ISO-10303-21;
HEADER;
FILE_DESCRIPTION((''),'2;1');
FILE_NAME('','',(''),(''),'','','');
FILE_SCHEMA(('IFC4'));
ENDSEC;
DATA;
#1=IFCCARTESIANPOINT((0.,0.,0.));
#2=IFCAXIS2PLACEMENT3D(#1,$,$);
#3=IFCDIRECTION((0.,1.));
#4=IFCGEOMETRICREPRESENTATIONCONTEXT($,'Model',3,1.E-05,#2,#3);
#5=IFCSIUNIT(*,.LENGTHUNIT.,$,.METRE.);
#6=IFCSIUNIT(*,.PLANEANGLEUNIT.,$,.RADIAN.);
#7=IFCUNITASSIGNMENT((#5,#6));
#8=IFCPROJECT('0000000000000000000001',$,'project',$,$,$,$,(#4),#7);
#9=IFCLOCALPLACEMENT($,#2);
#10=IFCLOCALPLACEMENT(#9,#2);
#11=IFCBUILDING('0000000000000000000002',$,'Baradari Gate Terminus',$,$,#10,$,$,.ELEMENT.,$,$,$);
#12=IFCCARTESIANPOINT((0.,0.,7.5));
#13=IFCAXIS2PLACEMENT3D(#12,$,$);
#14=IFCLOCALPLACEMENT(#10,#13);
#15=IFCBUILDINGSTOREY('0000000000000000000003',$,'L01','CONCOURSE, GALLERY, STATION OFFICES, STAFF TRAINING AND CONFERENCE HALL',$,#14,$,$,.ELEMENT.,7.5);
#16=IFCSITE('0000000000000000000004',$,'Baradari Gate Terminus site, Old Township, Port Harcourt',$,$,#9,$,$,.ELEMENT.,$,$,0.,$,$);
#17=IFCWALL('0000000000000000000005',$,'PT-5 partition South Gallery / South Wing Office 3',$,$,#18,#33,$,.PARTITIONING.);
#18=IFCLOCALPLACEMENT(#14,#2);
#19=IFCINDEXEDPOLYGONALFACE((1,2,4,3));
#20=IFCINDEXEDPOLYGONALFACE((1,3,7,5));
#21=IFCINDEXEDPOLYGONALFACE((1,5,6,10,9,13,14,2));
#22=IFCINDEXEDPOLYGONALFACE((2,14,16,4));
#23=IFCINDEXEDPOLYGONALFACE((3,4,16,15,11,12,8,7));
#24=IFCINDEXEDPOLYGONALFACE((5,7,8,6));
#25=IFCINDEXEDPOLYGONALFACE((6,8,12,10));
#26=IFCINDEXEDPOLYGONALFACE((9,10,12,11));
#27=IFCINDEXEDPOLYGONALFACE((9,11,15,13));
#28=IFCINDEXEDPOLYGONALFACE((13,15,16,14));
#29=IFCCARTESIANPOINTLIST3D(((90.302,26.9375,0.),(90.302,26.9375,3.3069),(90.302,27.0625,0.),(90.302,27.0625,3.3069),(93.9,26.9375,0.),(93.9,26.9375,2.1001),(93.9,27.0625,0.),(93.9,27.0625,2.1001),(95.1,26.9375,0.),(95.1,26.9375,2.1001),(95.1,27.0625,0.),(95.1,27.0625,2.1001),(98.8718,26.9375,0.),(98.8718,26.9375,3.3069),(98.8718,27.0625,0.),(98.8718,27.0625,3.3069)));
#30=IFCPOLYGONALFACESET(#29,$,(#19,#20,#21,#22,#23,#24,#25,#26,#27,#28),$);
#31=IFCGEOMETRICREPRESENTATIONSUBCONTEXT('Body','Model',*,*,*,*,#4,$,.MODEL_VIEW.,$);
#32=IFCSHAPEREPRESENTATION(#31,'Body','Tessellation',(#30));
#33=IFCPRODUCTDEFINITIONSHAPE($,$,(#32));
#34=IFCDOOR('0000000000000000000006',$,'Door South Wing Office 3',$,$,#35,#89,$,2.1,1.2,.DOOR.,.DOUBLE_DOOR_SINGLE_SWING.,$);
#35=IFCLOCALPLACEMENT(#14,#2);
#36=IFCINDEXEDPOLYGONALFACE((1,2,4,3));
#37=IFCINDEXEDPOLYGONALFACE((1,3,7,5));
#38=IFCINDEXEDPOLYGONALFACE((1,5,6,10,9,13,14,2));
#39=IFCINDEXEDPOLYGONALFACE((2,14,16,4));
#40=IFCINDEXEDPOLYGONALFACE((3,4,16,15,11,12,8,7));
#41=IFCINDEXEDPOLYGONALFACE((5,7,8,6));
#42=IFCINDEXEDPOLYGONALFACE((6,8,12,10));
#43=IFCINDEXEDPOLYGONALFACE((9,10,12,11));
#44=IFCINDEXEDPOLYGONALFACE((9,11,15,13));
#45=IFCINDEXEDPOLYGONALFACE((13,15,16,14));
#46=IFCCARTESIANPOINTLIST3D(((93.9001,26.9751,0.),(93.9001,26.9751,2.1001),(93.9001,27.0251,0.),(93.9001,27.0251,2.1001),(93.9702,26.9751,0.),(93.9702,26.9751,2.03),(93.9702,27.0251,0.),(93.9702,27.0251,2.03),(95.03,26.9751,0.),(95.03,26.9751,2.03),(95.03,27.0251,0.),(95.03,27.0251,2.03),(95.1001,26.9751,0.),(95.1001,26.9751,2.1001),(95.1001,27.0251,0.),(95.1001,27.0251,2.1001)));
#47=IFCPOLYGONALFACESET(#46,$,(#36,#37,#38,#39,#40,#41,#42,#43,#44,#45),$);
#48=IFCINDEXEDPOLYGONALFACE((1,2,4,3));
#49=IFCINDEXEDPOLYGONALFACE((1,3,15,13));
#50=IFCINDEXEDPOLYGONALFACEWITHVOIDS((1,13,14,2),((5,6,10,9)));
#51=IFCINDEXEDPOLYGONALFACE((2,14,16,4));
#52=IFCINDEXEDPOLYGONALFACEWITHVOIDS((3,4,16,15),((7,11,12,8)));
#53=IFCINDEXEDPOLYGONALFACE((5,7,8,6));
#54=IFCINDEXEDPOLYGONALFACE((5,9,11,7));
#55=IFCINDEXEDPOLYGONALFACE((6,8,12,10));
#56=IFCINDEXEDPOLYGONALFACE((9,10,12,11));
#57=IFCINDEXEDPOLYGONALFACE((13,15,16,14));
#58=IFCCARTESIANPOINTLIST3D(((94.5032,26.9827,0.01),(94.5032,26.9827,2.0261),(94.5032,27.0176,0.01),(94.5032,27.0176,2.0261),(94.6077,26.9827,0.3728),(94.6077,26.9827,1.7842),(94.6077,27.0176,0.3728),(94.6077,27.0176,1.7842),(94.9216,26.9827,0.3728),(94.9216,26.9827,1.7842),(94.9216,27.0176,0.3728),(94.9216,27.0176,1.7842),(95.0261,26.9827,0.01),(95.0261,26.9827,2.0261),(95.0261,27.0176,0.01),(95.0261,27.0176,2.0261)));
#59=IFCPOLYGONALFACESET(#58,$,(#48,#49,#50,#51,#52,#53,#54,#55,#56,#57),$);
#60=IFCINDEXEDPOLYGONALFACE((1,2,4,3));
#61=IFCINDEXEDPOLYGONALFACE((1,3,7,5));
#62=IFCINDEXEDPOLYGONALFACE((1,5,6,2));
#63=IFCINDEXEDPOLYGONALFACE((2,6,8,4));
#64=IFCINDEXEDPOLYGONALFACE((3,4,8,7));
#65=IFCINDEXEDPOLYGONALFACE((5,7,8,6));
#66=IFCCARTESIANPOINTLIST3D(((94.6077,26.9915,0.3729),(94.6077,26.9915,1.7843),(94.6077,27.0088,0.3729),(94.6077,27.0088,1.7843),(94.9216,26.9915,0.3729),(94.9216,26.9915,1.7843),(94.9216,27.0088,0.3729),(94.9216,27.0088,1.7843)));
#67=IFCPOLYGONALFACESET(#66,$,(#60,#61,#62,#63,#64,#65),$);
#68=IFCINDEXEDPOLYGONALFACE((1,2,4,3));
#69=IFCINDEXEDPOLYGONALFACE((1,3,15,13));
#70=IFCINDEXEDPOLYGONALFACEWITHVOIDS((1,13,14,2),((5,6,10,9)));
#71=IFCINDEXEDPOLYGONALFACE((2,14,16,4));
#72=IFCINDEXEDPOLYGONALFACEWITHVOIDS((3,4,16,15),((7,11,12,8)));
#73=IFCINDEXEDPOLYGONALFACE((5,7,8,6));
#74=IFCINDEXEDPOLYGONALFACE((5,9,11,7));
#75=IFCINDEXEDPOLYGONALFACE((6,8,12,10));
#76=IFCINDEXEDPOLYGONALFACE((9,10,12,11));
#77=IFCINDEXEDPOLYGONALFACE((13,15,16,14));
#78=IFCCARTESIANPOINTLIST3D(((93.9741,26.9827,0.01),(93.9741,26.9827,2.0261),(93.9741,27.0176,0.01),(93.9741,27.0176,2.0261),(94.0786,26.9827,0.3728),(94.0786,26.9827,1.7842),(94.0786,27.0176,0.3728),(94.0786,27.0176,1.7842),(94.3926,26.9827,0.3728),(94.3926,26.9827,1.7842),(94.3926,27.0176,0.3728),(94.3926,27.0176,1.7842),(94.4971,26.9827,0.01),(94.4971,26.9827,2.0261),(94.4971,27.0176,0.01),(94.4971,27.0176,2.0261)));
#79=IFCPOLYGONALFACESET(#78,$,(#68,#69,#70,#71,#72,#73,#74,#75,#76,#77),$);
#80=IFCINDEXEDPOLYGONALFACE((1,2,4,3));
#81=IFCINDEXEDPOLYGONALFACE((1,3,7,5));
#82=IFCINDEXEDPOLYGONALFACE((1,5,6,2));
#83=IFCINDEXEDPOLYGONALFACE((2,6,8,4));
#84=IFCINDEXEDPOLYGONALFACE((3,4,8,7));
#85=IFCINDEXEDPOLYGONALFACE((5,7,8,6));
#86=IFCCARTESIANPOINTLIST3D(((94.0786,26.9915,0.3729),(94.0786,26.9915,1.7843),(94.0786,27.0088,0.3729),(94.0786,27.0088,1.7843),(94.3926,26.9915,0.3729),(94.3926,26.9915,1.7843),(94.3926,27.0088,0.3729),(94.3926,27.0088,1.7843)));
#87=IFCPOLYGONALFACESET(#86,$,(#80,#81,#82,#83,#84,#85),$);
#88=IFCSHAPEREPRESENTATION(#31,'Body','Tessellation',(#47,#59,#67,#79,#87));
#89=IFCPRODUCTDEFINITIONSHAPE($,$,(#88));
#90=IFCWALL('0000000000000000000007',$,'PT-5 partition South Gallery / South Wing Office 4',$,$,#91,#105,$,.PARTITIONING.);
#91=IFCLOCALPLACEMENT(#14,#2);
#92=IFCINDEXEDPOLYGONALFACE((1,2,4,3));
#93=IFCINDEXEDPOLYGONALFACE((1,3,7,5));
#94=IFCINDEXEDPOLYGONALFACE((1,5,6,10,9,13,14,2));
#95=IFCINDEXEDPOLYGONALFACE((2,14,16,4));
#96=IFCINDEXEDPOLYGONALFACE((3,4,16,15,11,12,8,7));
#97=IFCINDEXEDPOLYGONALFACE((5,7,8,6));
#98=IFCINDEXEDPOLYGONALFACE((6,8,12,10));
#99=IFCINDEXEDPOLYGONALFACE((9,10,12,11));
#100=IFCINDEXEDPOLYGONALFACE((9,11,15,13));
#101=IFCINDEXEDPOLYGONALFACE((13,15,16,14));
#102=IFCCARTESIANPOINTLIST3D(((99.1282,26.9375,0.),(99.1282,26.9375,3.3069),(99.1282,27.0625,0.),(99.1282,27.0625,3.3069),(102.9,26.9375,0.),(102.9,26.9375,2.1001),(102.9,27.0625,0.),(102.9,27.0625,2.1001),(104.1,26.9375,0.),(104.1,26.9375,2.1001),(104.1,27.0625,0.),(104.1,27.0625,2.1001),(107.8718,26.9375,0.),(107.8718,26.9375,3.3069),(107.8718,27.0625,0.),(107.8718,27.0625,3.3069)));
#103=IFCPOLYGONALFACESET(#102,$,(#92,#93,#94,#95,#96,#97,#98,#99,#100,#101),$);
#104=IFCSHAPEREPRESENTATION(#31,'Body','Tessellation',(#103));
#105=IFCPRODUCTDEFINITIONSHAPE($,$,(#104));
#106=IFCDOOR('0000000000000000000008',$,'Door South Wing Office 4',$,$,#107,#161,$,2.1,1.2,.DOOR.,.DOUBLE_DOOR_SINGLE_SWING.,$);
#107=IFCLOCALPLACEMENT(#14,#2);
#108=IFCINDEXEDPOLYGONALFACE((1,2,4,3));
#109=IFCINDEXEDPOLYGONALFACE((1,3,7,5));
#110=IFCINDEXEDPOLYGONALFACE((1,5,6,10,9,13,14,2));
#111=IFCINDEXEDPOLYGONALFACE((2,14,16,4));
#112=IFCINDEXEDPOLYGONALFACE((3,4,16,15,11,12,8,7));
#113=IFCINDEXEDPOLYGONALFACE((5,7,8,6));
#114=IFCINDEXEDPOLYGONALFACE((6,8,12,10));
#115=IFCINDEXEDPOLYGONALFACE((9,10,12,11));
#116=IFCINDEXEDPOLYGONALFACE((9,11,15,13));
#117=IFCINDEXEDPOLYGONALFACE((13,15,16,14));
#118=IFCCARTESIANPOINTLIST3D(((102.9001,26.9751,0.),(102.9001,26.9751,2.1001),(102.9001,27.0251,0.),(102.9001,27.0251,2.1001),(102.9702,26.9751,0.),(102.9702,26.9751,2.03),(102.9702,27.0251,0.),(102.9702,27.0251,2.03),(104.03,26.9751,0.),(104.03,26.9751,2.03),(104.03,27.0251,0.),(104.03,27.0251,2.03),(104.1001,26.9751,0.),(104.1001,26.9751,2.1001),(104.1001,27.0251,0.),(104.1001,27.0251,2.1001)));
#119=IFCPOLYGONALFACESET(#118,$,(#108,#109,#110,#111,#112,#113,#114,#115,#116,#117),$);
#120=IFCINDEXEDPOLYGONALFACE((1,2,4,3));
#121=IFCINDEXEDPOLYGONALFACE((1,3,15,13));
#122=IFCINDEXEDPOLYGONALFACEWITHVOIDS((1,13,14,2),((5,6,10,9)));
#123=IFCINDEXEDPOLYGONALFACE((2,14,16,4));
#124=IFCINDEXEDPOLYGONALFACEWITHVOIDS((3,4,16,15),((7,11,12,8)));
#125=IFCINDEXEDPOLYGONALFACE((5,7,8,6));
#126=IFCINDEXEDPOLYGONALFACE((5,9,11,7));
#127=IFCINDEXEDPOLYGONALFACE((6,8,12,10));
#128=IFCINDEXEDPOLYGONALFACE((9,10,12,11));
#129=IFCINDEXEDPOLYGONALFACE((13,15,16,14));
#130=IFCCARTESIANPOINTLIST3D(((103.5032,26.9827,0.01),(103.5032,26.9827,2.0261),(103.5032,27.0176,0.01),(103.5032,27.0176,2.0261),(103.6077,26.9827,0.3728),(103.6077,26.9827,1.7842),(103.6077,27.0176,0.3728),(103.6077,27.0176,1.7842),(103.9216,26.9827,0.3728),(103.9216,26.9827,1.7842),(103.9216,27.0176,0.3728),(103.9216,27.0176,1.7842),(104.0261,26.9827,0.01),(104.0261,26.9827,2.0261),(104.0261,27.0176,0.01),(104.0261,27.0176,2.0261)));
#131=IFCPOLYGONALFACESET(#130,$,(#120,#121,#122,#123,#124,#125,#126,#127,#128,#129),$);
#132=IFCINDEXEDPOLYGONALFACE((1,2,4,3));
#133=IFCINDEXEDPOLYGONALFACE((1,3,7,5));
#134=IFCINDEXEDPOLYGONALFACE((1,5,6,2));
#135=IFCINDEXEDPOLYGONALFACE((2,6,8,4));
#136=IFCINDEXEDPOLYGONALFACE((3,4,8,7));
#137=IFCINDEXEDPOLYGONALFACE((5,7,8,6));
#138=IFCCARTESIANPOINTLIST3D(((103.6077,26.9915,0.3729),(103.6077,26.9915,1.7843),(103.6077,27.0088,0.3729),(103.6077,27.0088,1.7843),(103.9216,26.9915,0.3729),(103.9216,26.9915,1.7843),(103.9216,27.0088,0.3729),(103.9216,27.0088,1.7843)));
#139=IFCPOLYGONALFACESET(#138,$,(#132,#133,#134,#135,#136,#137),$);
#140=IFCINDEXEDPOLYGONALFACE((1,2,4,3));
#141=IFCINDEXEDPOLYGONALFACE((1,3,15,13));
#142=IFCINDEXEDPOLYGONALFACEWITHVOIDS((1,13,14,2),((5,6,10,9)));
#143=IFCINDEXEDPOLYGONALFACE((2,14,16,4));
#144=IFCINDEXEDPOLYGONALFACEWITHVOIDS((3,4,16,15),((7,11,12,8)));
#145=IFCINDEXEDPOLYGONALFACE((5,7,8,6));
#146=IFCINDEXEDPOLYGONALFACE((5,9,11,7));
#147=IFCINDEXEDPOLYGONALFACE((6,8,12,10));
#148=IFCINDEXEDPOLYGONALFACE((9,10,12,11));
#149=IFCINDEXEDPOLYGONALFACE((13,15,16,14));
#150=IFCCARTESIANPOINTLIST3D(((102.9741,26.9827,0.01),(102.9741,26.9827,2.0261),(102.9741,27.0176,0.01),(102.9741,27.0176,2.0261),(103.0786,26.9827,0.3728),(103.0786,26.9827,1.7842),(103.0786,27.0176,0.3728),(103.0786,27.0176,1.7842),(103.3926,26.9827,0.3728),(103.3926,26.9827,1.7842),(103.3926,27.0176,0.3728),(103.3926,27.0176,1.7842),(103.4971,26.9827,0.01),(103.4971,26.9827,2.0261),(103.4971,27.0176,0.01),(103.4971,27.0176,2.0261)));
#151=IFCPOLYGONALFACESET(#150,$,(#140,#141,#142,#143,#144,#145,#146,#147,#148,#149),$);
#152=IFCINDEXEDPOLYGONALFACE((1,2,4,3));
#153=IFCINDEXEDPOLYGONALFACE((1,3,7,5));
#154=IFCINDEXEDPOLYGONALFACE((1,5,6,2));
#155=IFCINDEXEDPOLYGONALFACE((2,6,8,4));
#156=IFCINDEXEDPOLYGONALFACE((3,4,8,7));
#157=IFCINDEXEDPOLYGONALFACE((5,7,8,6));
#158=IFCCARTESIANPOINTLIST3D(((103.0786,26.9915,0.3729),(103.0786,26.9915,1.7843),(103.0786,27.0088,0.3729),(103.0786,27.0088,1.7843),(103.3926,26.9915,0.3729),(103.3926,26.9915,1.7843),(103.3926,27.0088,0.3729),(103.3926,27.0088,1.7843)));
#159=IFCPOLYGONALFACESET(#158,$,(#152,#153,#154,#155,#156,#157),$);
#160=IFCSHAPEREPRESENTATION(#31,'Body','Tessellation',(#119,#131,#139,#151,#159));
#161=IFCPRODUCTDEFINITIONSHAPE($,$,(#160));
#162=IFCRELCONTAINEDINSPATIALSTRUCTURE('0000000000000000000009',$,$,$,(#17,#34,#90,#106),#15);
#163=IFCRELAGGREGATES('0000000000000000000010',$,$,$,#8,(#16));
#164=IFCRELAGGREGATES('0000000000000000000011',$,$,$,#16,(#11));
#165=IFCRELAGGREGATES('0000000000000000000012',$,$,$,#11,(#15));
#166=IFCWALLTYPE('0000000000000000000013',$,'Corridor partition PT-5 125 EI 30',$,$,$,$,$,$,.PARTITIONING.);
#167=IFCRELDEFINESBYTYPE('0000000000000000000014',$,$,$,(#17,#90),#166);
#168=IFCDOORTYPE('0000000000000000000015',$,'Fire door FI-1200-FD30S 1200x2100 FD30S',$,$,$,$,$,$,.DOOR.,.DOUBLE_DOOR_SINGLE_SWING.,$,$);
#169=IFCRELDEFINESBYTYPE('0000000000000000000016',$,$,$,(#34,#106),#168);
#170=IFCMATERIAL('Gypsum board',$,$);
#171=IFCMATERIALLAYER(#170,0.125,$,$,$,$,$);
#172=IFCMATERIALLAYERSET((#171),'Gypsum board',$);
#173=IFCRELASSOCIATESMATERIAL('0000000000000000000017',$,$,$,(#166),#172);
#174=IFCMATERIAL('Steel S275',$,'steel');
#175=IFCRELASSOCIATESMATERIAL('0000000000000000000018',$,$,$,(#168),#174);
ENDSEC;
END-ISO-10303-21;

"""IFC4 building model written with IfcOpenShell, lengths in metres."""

from ifc_helpers import new_model, si_unit, direction, frame, frame_2d, origin, place, context, subcontext, project, spatial, polyline, rectangle, outline, extrude, material, layer, layer_set, type_object, element, fill, save


model = new_model("IFC4")

# Units and contexts
model_context = context("Model", 3, precision=1e-05, world=origin(), true_north=direction((0.0, 1.0)))
body_context = subcontext(model_context, "Body", "Model", "MODEL_VIEW")
ifc_project = project(units=[si_unit("LENGTHUNIT", "METRE"), si_unit("PLANEANGLEUNIT", "RADIAN")], contexts=[model_context])

# Site, building, storey
site_placement = place(None, origin())
site = spatial("IfcSite", under=ifc_project, at=site_placement, Name="Baradari Gate Terminus site, Old Township, Port Harcourt", CompositionType="ELEMENT", RefElevation=0.0)
building_placement = place(site_placement, origin())
building = spatial("IfcBuilding", under=site, at=building_placement, Name="Baradari Gate Terminus", CompositionType="ELEMENT")
storey_placement = place(building_placement, frame((0.0, 0.0, 7.5)))
storey = spatial("IfcBuildingStorey", under=building, at=storey_placement, Name="L01", Description="CONCOURSE, GALLERY, STATION OFFICES, STAFF TRAINING AND CONFERENCE HALL", CompositionType="ELEMENT", Elevation=7.5)

# Walls, openings, doors
ifc_material_1 = material(Name="Gypsum board")
ifc_layer = layer(ifc_material_1, 0.125)
ifc_layer_set = layer_set([ifc_layer], Name="Gypsum board")
wall_type = type_object("IfcWallType", Name="Corridor partition PT-5 125 EI 30", PredefinedType="PARTITIONING", material=ifc_layer_set)
wall_1_placement = place(storey_placement, frame((98.8718, 27.0, 0.0), z_axis=(0.0, 0.0, 1.0), x_axis=(-1.0, 0.0, 0.0)))
wall_1 = element("IfcWall", 1, at=wall_1_placement, inside=storey, type_object=wall_type, Name="PT-5 partition South Gallery / South Wing Office 3", PredefinedType="PARTITIONING", context=body_context, shape_type="SweptSolid", body=[
    extrude(rectangle(XDim=8.5698, YDim=0.125, at=frame_2d((4.2849, 0.0))), origin(), (0.0, 0.0, 1.0), 3.3069),
])
opening_1_placement = place(wall_1_placement, frame((3.7717, 0.0, 0.0)))
opening_1 = element("IfcOpeningElement", 2, at=opening_1_placement, cuts=wall_1, PredefinedType="OPENING", context=body_context, shape_type="SweptSolid", body=[
    extrude(rectangle(XDim=1.2, YDim=2.1001, at=frame_2d((0.6001, 1.05))), frame((0.0, 0.0725, 0.0), z_axis=(0.0, -1.0, 0.0), x_axis=(1.0, 0.0, 0.0)), (0.0, 0.0, 1.0), 0.145),
])
ifc_material_2 = material(Name="Steel S275", Category="steel")
door_type = type_object("IfcDoorType", Name="Fire door FI-1200-FD30S 1200x2100 FD30S", OperationType="DOUBLE_DOOR_SINGLE_SWING", PredefinedType="DOOR", material=ifc_material_2)
door_1_placement = place(opening_1_placement, origin())
door_1 = element("IfcDoor", 3, at=door_1_placement, inside=storey, type_object=door_type, Name="Door South Wing Office 3", OperationType="DOUBLE_DOOR_SINGLE_SWING", OverallHeight=2.1, OverallWidth=1.2, PredefinedType="DOOR", context=body_context, shape_type="SweptSolid", body=[
    extrude(outline(polyline([(0.0, 0.0), (0.0701, 0.0), (0.0701, 2.03), (1.1299, 2.03), (1.1299, 0.0), (1.2, 0.0), (1.2, 2.1001), (0.0, 2.1001), (0.0, 0.0)])), frame((0.0, 0.0249, 0.0), z_axis=(0.0, -1.0, 0.0), x_axis=(1.0, 0.0, 0.0)), (0.0, 0.0, 1.0), 0.05),
    extrude(outline(polyline([(0.074, 0.01), (0.5969, 0.01), (0.5969, 2.0261), (0.074, 2.0261), (0.074, 0.01)]), holes=[polyline([(0.1785, 0.3728), (0.4924, 0.3728), (0.4924, 1.7842), (0.1785, 1.7842), (0.1785, 0.3728)])]), frame((0.0, 0.0173, 0.0), z_axis=(0.0, -1.0, 0.0), x_axis=(1.0, 0.0, 0.0)), (0.0, 0.0, 1.0), 0.0349),
    extrude(rectangle(XDim=0.314, YDim=1.4114, at=frame_2d((0.3354, 1.0786))), frame((0.0, 0.0085, 0.0), z_axis=(0.0, -1.0, 0.0), x_axis=(1.0, 0.0, 0.0)), (0.0, 0.0, 1.0), 0.0173),
    extrude(outline(polyline([(0.603, 0.01), (1.126, 0.01), (1.126, 2.0261), (0.603, 2.0261), (0.603, 0.01)]), holes=[polyline([(0.7075, 0.3728), (1.0215, 0.3728), (1.0215, 1.7842), (0.7075, 1.7842), (0.7075, 0.3728)])]), frame((0.0, 0.0173, 0.0), z_axis=(0.0, -1.0, 0.0), x_axis=(1.0, 0.0, 0.0)), (0.0, 0.0, 1.0), 0.0349),
    extrude(rectangle(XDim=0.314, YDim=1.4114, at=frame_2d((0.8645, 1.0786))), frame((0.0, 0.0085, 0.0), z_axis=(0.0, -1.0, 0.0), x_axis=(1.0, 0.0, 0.0)), (0.0, 0.0, 1.0), 0.0173),
])
fill(opening_1, door_1)
wall_2_placement = place(storey_placement, frame((107.8718, 27.0, 0.0), z_axis=(0.0, 0.0, 1.0), x_axis=(-1.0, 0.0, 0.0)))
wall_2 = element("IfcWall", 4, at=wall_2_placement, inside=storey, type_object=wall_type, Name="PT-5 partition South Gallery / South Wing Office 4", PredefinedType="PARTITIONING", context=body_context, shape_type="SweptSolid", body=[
    extrude(rectangle(XDim=8.7437, YDim=0.125, at=frame_2d((4.3718, 0.0))), origin(), (0.0, 0.0, 1.0), 3.3069),
])
opening_2_placement = place(wall_2_placement, frame((3.7717, 0.0, 0.0)))
opening_2 = element("IfcOpeningElement", 5, at=opening_2_placement, cuts=wall_2, PredefinedType="OPENING", context=body_context, shape_type="SweptSolid", body=[
    extrude(rectangle(XDim=1.2, YDim=2.1001, at=frame_2d((0.6001, 1.05))), frame((0.0, 0.0725, 0.0), z_axis=(0.0, -1.0, 0.0), x_axis=(1.0, 0.0, 0.0)), (0.0, 0.0, 1.0), 0.145),
])
door_2_placement = place(opening_2_placement, origin())
door_2 = element("IfcDoor", 6, at=door_2_placement, inside=storey, type_object=door_type, Name="Door South Wing Office 4", OperationType="DOUBLE_DOOR_SINGLE_SWING", OverallHeight=2.1, OverallWidth=1.2, PredefinedType="DOOR", context=body_context, shape_type="SweptSolid", body=[
    extrude(outline(polyline([(0.0, 0.0), (0.0701, 0.0), (0.0701, 2.03), (1.1299, 2.03), (1.1299, 0.0), (1.2, 0.0), (1.2, 2.1001), (0.0, 2.1001), (0.0, 0.0)])), frame((0.0, 0.0249, 0.0), z_axis=(0.0, -1.0, 0.0), x_axis=(1.0, 0.0, 0.0)), (0.0, 0.0, 1.0), 0.05),
    extrude(outline(polyline([(0.074, 0.01), (0.5969, 0.01), (0.5969, 2.0261), (0.074, 2.0261), (0.074, 0.01)]), holes=[polyline([(0.1785, 0.3728), (0.4924, 0.3728), (0.4924, 1.7842), (0.1785, 1.7842), (0.1785, 0.3728)])]), frame((0.0, 0.0173, 0.0), z_axis=(0.0, -1.0, 0.0), x_axis=(1.0, 0.0, 0.0)), (0.0, 0.0, 1.0), 0.0349),
    extrude(rectangle(XDim=0.314, YDim=1.4114, at=frame_2d((0.3354, 1.0786))), frame((0.0, 0.0085, 0.0), z_axis=(0.0, -1.0, 0.0), x_axis=(1.0, 0.0, 0.0)), (0.0, 0.0, 1.0), 0.0173),
    extrude(outline(polyline([(0.603, 0.01), (1.126, 0.01), (1.126, 2.0261), (0.603, 2.0261), (0.603, 0.01)]), holes=[polyline([(0.7075, 0.3728), (1.0215, 0.3728), (1.0215, 1.7842), (0.7075, 1.7842), (0.7075, 0.3728)])]), frame((0.0, 0.0173, 0.0), z_axis=(0.0, -1.0, 0.0), x_axis=(1.0, 0.0, 0.0)), (0.0, 0.0, 1.0), 0.0349),
    extrude(rectangle(XDim=0.314, YDim=1.4114, at=frame_2d((0.8645, 1.0786))), frame((0.0, 0.0085, 0.0), z_axis=(0.0, -1.0, 0.0), x_axis=(1.0, 0.0, 0.0)), (0.0, 0.0, 1.0), 0.0173),
])
fill(opening_2, door_2)

save(model, "model.ifc")
